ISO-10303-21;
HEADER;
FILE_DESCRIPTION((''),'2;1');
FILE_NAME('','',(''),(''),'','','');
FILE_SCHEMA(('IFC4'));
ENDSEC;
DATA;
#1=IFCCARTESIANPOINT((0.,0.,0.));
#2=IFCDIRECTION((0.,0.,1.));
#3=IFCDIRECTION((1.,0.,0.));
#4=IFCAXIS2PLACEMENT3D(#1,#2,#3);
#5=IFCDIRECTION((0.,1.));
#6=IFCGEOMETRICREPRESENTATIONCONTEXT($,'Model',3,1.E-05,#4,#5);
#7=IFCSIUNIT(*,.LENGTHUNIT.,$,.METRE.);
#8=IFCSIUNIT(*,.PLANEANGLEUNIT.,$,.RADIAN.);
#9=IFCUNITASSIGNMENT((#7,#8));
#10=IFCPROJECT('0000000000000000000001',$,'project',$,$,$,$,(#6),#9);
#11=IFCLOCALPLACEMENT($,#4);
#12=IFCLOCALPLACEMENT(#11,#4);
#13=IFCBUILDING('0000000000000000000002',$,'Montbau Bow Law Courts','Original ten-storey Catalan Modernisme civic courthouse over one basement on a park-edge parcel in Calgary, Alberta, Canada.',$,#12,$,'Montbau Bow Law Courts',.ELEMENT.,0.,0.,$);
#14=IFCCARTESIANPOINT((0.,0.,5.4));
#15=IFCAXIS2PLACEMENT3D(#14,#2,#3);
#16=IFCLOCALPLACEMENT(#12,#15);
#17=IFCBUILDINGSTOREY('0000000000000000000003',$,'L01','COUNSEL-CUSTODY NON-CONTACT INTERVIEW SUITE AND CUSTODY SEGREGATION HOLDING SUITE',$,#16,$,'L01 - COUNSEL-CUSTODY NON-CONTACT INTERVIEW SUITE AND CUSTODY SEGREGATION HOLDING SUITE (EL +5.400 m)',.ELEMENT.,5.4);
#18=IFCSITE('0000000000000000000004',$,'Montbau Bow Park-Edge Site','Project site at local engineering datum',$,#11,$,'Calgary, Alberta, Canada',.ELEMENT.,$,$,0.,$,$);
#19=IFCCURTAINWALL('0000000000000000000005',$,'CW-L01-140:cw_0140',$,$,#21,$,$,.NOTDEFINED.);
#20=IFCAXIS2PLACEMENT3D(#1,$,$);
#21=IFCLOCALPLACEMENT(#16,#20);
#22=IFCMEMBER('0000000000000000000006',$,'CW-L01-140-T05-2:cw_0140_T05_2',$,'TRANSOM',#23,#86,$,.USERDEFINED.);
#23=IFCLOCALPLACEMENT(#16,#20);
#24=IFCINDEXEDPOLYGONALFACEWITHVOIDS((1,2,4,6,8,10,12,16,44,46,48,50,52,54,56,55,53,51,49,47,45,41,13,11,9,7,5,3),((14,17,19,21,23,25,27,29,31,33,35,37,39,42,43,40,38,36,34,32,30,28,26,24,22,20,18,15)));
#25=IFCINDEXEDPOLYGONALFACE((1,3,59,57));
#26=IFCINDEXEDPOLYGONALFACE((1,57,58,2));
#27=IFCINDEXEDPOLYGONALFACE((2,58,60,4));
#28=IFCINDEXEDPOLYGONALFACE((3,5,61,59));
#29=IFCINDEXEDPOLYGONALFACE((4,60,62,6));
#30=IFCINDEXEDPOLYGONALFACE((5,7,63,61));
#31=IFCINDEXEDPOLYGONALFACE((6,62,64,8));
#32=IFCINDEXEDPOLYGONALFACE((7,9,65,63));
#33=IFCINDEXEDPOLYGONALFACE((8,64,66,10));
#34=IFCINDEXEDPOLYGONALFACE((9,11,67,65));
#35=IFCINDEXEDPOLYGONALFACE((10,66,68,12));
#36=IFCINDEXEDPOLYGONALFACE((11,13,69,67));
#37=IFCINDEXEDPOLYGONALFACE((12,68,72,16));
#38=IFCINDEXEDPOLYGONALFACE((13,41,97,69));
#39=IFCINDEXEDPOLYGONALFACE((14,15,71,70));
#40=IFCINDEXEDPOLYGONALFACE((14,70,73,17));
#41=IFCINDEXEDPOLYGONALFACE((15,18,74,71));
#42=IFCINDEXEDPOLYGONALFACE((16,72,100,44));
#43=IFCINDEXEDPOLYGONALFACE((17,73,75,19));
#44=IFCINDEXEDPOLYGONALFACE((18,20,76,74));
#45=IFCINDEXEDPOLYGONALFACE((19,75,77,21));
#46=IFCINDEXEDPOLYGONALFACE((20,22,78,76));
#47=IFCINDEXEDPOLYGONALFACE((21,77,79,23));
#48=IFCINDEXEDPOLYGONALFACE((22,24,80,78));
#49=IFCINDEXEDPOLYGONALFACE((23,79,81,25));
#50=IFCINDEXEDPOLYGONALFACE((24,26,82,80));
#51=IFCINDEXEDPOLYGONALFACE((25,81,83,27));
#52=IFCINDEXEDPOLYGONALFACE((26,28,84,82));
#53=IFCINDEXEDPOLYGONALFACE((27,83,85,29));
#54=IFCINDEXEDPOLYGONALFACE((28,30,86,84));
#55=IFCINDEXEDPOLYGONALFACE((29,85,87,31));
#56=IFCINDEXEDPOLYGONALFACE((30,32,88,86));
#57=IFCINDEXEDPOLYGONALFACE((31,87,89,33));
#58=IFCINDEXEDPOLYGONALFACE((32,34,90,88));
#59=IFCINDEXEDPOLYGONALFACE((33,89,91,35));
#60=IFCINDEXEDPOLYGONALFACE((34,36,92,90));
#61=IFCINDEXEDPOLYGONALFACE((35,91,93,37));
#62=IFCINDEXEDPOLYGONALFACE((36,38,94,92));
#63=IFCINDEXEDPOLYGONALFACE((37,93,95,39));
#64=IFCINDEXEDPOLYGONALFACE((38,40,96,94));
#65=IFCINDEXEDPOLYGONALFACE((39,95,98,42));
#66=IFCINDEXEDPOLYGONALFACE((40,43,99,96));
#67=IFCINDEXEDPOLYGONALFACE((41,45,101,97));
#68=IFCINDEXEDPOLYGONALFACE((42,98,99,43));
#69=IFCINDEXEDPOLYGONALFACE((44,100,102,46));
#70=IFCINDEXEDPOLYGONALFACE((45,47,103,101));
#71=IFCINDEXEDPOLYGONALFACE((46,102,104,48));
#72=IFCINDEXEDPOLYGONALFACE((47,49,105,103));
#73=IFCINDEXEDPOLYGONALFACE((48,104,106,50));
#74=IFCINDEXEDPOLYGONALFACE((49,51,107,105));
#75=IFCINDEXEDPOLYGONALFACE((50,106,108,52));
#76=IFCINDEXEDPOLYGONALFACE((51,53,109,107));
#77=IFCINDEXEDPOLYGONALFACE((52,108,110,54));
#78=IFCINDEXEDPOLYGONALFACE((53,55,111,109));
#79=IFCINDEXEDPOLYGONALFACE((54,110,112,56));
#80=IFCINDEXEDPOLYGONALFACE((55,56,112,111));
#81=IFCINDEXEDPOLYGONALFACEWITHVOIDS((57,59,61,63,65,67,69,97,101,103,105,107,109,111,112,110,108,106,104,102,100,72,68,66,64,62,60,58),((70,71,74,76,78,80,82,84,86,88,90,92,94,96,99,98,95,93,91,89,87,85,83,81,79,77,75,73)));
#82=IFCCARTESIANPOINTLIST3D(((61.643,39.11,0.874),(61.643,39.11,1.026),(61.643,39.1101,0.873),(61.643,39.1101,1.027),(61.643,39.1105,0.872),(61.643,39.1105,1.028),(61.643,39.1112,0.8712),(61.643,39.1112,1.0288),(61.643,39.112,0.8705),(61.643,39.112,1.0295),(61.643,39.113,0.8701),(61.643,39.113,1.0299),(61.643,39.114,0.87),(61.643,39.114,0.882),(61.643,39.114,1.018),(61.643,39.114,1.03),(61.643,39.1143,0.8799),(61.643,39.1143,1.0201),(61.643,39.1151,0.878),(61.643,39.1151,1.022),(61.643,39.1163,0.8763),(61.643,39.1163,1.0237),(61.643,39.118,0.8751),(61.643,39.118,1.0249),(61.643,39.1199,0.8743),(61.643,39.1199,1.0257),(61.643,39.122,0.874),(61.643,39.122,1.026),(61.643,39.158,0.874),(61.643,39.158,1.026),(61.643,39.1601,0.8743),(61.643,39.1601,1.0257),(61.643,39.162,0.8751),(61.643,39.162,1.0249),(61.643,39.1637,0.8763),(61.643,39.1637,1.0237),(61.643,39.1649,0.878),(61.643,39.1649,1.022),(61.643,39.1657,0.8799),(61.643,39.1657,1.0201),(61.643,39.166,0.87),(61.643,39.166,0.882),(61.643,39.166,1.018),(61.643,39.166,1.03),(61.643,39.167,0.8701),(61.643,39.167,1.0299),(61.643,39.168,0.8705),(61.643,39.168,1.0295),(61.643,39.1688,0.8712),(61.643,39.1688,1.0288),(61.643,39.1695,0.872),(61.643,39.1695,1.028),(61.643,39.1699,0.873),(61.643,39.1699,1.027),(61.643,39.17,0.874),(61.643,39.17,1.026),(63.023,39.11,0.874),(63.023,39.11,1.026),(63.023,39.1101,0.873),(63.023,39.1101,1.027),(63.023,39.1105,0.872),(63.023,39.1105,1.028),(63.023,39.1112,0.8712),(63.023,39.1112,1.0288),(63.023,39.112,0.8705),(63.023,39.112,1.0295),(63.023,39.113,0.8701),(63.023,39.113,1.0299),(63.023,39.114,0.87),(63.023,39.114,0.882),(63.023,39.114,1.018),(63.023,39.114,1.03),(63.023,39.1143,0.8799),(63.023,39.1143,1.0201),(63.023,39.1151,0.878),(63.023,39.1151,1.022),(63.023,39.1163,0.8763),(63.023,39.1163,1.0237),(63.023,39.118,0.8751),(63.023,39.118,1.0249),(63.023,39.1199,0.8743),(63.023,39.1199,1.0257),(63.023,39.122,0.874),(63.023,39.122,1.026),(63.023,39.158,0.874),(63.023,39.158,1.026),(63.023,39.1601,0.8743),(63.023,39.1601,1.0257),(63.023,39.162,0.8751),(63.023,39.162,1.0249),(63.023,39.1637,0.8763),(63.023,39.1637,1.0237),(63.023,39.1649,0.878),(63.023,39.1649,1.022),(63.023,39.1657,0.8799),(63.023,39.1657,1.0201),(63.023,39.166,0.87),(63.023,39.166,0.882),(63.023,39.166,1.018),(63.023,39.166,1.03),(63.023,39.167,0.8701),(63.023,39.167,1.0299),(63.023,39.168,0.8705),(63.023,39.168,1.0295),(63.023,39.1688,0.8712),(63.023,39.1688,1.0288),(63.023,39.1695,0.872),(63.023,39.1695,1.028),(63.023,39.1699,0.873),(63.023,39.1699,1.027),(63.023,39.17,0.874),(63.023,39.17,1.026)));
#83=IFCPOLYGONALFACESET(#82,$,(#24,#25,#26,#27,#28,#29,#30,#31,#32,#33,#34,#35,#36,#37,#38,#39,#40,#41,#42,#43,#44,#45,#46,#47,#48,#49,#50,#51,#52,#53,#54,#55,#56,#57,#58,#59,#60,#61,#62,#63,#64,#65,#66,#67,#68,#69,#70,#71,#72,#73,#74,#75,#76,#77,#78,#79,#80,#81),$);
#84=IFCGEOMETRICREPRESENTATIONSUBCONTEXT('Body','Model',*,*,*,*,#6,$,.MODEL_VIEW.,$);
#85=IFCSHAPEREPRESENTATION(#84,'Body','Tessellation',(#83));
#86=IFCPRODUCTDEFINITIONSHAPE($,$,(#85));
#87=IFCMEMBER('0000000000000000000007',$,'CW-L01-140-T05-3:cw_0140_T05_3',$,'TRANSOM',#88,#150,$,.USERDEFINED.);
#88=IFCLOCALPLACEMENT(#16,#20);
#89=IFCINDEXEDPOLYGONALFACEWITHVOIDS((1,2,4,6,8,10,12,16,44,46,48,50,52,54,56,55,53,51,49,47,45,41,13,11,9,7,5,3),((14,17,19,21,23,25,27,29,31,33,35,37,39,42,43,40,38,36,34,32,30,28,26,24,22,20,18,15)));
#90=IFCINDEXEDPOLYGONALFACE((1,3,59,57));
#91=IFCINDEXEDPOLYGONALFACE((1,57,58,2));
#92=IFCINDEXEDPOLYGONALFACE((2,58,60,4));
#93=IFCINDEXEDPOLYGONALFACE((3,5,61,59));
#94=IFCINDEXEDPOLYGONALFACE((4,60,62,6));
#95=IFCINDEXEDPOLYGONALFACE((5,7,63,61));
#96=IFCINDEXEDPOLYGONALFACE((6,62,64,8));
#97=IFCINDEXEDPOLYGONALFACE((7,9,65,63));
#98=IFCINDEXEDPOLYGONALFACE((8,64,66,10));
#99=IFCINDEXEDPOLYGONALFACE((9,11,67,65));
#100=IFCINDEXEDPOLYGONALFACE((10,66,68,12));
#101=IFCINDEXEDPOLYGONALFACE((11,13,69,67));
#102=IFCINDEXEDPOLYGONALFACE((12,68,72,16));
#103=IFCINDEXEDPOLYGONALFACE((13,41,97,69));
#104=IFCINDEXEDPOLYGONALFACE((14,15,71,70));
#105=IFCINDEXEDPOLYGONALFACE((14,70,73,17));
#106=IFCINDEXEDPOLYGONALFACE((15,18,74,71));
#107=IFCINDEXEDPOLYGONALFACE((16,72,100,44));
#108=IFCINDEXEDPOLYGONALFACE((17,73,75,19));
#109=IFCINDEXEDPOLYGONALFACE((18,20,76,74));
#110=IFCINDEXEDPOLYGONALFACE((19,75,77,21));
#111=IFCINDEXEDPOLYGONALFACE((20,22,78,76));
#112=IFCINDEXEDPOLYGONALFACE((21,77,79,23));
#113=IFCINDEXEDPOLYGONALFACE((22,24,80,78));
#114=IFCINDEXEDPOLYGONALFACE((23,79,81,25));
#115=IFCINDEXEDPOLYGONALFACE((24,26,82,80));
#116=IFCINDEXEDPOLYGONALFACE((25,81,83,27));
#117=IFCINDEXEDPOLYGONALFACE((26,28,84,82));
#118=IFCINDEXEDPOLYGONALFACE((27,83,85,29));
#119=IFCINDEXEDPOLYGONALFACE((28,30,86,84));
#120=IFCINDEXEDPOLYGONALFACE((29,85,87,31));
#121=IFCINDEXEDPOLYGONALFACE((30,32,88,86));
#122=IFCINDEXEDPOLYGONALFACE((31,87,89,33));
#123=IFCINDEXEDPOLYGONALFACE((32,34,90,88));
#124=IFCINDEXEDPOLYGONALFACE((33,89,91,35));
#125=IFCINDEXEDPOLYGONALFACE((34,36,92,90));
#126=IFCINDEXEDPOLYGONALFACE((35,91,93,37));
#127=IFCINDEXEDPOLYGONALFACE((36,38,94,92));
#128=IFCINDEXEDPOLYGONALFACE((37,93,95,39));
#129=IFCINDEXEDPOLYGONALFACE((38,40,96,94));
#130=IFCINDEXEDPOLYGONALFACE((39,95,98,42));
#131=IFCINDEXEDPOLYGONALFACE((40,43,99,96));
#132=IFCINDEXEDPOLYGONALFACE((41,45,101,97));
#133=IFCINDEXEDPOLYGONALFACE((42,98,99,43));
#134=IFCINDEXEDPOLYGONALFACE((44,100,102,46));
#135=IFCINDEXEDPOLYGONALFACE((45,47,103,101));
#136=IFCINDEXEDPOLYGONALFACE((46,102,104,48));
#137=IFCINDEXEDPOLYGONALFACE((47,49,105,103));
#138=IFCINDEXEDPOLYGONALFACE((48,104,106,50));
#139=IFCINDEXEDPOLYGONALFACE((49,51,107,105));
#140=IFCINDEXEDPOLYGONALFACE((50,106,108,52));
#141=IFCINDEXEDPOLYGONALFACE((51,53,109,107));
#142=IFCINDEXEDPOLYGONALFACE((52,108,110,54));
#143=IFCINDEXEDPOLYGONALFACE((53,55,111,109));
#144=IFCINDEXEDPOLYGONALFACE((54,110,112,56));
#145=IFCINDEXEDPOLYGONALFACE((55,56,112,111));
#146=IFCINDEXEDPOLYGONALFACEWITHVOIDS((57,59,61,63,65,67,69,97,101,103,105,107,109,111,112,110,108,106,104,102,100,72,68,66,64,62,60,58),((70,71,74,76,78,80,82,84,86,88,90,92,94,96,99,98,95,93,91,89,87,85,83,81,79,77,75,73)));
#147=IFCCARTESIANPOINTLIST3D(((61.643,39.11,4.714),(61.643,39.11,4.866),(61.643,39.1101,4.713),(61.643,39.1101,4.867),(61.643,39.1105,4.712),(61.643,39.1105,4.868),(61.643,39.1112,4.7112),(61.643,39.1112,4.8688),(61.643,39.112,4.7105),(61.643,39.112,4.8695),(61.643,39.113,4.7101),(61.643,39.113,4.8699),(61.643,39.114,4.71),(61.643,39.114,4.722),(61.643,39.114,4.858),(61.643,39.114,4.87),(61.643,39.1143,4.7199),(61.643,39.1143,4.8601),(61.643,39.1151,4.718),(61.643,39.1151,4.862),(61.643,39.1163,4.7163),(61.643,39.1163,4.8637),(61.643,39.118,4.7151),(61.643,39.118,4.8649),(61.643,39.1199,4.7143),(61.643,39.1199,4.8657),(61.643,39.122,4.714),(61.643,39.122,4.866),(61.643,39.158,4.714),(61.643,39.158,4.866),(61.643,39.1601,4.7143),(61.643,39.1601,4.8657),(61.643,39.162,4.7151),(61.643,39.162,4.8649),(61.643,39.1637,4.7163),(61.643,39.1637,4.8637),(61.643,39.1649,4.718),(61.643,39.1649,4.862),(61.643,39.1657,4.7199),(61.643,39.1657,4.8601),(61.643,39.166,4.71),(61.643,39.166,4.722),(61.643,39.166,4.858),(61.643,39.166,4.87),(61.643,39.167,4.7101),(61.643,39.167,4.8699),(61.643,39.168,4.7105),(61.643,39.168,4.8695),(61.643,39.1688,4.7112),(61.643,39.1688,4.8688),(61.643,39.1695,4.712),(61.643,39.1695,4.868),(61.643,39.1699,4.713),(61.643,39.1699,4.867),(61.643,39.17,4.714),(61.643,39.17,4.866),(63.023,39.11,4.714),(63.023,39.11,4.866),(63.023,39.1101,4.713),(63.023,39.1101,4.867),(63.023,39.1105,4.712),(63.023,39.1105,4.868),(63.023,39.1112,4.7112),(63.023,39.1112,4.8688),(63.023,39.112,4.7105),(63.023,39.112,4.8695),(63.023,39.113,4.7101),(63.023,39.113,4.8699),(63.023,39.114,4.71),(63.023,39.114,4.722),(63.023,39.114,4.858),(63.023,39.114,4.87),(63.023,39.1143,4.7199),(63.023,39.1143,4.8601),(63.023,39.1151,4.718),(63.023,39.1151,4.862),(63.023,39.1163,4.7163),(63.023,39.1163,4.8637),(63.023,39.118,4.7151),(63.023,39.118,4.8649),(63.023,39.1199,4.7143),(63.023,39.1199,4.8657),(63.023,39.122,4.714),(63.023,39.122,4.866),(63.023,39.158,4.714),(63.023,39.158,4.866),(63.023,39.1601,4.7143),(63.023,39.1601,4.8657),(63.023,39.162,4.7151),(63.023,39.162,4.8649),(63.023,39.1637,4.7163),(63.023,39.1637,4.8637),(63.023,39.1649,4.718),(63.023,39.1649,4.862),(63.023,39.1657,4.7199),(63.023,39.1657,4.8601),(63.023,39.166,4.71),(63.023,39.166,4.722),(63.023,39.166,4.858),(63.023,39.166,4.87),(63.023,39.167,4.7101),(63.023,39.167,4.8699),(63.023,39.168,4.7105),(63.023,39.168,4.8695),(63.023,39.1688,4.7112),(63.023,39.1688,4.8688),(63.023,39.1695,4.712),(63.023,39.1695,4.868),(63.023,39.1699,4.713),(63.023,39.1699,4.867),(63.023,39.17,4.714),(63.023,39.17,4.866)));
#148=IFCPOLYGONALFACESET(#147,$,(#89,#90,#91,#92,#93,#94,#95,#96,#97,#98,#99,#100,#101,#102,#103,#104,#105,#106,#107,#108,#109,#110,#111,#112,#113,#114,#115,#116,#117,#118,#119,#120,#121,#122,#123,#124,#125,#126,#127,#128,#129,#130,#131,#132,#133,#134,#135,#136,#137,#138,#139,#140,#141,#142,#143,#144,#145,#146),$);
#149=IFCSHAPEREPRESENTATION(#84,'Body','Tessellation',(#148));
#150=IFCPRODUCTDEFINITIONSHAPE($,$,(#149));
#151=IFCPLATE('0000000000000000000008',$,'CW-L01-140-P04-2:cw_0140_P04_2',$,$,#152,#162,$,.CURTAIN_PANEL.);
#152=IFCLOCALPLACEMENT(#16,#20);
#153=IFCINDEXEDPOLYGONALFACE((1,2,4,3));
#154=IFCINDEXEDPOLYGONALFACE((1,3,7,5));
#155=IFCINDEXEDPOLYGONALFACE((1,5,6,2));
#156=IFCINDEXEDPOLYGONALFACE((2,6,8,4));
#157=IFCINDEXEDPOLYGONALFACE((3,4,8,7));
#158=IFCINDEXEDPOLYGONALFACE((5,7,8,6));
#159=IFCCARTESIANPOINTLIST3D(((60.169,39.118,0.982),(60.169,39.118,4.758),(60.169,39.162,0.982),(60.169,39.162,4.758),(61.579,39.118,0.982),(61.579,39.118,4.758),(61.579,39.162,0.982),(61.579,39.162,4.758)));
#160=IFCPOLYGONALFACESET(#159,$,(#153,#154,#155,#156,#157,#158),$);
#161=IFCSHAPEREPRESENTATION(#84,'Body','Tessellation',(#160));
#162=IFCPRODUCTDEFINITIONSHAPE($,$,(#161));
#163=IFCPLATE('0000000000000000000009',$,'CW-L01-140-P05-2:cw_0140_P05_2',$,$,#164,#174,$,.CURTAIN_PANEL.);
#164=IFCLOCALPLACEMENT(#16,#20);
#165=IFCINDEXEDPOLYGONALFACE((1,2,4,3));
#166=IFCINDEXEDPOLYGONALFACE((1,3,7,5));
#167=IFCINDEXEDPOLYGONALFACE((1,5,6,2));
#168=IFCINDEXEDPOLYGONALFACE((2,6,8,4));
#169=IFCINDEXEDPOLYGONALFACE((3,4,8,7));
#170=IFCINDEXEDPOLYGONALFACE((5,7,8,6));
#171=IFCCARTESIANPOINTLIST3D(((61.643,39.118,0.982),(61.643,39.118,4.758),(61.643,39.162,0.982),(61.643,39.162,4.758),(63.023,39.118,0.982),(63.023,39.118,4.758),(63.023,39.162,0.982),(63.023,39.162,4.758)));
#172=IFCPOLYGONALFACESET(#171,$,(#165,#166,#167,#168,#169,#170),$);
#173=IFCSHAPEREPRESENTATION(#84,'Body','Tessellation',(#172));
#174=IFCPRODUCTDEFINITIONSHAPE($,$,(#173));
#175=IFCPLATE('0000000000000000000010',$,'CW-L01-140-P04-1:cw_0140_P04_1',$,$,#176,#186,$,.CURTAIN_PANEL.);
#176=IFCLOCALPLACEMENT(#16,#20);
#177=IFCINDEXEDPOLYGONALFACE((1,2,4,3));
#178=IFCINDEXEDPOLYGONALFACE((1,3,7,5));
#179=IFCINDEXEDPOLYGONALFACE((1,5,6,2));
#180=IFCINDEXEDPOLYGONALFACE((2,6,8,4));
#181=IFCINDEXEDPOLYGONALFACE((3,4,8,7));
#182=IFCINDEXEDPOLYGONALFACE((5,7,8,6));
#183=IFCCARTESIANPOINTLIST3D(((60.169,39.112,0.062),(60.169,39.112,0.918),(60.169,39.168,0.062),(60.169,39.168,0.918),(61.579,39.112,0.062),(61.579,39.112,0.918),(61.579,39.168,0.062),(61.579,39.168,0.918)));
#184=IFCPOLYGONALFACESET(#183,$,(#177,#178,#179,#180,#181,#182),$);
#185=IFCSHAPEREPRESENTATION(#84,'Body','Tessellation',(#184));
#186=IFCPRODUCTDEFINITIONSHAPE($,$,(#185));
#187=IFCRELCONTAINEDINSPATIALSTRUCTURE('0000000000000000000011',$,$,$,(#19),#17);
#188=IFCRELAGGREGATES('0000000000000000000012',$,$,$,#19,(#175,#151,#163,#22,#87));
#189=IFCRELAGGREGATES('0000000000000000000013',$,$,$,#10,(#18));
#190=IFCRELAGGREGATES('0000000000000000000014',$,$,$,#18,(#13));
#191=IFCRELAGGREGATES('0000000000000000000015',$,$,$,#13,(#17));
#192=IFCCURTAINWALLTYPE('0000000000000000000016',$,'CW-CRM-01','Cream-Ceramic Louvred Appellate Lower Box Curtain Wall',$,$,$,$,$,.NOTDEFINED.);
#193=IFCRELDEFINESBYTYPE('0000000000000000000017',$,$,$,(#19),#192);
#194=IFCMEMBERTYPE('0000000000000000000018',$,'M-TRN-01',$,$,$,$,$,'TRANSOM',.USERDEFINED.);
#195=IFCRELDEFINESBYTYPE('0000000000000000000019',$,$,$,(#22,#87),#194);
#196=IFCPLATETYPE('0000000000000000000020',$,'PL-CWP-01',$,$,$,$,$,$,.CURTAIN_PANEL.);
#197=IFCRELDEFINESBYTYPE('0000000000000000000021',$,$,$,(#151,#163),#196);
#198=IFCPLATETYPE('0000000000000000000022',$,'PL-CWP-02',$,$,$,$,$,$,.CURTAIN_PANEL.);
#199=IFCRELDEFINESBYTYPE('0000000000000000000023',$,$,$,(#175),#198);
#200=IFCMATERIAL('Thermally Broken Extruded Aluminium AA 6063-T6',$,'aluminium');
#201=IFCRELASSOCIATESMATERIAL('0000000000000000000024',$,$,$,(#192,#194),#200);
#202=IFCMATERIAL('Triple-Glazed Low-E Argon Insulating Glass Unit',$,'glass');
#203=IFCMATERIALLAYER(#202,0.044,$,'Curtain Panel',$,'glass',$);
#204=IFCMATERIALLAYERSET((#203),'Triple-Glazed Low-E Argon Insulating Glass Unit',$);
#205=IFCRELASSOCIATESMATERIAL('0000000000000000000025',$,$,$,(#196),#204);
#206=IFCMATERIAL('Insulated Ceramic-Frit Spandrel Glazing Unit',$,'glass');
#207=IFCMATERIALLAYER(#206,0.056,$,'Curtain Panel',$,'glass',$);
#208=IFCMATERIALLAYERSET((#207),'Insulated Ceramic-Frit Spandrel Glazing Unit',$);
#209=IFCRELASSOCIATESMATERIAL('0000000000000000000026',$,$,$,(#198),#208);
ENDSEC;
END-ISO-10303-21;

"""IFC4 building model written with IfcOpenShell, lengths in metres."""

from ifc_helpers import new_model, si_unit, direction, frame, frame_2d, origin_with_axes, origin_2d_with_axis, place, context, subcontext, project, spatial, rectangle, hollow_rectangle, extrude, material, layer, layer_set, material_profile, profile_set, type_object, element, aggregate, save


model = new_model("IFC4")

# Units and contexts
model_context = context("Model", 3, precision=1e-05, world=origin_with_axes(), true_north=direction((0.0, 1.0)))
body_context = subcontext(model_context, "Body", "Model", "MODEL_VIEW")
ifc_project = project(units=[si_unit("LENGTHUNIT", "METRE"), si_unit("PLANEANGLEUNIT", "RADIAN")], contexts=[model_context])

# Site, building, storey
site_placement = place(None, origin_with_axes())
site = spatial("IfcSite", under=ifc_project, at=site_placement, Name="Montbau Bow Park-Edge Site", Description="Project site at local engineering datum", LongName="Calgary, Alberta, Canada", CompositionType="ELEMENT", RefElevation=0.0)
building_placement = place(site_placement, origin_with_axes())
building = spatial("IfcBuilding", under=site, at=building_placement, Name="Montbau Bow Law Courts", Description="Original ten-storey Catalan Modernisme civic courthouse over one basement on a park-edge parcel in Calgary, Alberta, Canada.", LongName="Montbau Bow Law Courts", CompositionType="ELEMENT", ElevationOfRefHeight=0.0, ElevationOfTerrain=0.0)
storey_placement = place(building_placement, frame((0.0, 0.0, 5.4), z_axis=(0.0, 0.0, 1.0), x_axis=(1.0, 0.0, 0.0)))
storey = spatial("IfcBuildingStorey", under=building, at=storey_placement, Name="L01", Description="COUNSEL-CUSTODY NON-CONTACT INTERVIEW SUITE AND CUSTODY SEGREGATION HOLDING SUITE", LongName="L01 - COUNSEL-CUSTODY NON-CONTACT INTERVIEW SUITE AND CUSTODY SEGREGATION HOLDING SUITE (EL +5.400 m)", CompositionType="ELEMENT", Elevation=5.4)

# Shared definitions
ifc_material_1 = material(Name="Thermally Broken Extruded Aluminium AA 6063-T6", Category="aluminium")
curtain_wall_type = type_object("IfcCurtainWallType", Name="CW-CRM-01", Description="Cream-Ceramic Louvred Appellate Lower Box Curtain Wall", PredefinedType="NOTDEFINED", material=ifc_material_1)

# Curtain wall, members, plates
curtain_wall_1_placement = place(None, frame((55.715, 39.14, 5.4), z_axis=(0.0, 0.0, 1.0), x_axis=(1.0, 0.0, 0.0)))
curtain_wall_1 = element("IfcCurtainWall", 1, at=curtain_wall_1_placement, inside=storey, type_object=curtain_wall_type, Name="CW-L01-140:cw_0140", PredefinedType="NOTDEFINED")
ifc_material_profile_1 = material_profile(ifc_material_1, hollow_rectangle(XDim=0.06, YDim=0.16, WallThickness=0.004, InnerFilletRadius=0.008, OuterFilletRadius=0.004, at=origin_2d_with_axis()), Name="CWT-160X60", Category="Main", Priority=0)
ifc_profile_set_1 = profile_set([ifc_material_profile_1], Name="Thermally Broken Extruded Aluminium AA 6063-T6")
member_type_1 = type_object("IfcMemberType", Name="M-TRN-01", ElementType="TRANSOM", PredefinedType="USERDEFINED", material=ifc_profile_set_1)
member_1_placement = place(None, frame((61.643, 39.14, 6.35), z_axis=(1.0, 0.0, 0.0), x_axis=(0.0, 1.0, 0.0)))
member_1 = element("IfcMember", 2, at=member_1_placement, type_object=member_type_1, Name="CW-L01-140-T05-2:cw_0140_T05_2", ObjectType="TRANSOM", PredefinedType="USERDEFINED", context=body_context, shape_type="SweptSolid", body=[
    extrude(hollow_rectangle(XDim=0.06, YDim=0.16, WallThickness=0.004, InnerFilletRadius=0.008, OuterFilletRadius=0.004, at=origin_2d_with_axis()), origin_with_axes(), (0.0, 0.0, 1.0), 1.38),
])
member_2_placement = place(None, frame((61.643, 39.14, 10.19), z_axis=(1.0, 0.0, 0.0), x_axis=(0.0, 1.0, 0.0)))
member_2 = element("IfcMember", 3, at=member_2_placement, type_object=member_type_1, Name="CW-L01-140-T05-3:cw_0140_T05_3", ObjectType="TRANSOM", PredefinedType="USERDEFINED", context=body_context, shape_type="SweptSolid", body=[
    extrude(hollow_rectangle(XDim=0.06, YDim=0.16, WallThickness=0.004, InnerFilletRadius=0.008, OuterFilletRadius=0.004, at=origin_2d_with_axis()), origin_with_axes(), (0.0, 0.0, 1.0), 1.38),
])
ifc_material_2 = material(Name="Triple-Glazed Low-E Argon Insulating Glass Unit", Category="glass")
ifc_layer_1 = layer(ifc_material_2, 0.044, Name="Curtain Panel", Category="glass")
ifc_layer_set_1 = layer_set([ifc_layer_1], Name="Triple-Glazed Low-E Argon Insulating Glass Unit")
plate_type_1 = type_object("IfcPlateType", Name="PL-CWP-01", PredefinedType="CURTAIN_PANEL", material=ifc_layer_set_1)
plate_1_placement = place(None, frame((60.169, 39.14, 6.382), z_axis=(0.0, -1.0, 0.0), x_axis=(1.0, 0.0, 0.0)))
plate_1 = element("IfcPlate", 4, at=plate_1_placement, type_object=plate_type_1, Name="CW-L01-140-P04-2:cw_0140_P04_2", PredefinedType="CURTAIN_PANEL", context=body_context, shape_type="SweptSolid", body=[
    extrude(rectangle(XDim=1.41, YDim=3.776, at=frame_2d((0.705, 1.888), x_axis=(1.0, 0.0))), frame((0.0, 0.0, -0.022), z_axis=(0.0, 0.0, 1.0), x_axis=(1.0, 0.0, 0.0)), (0.0, 0.0, 1.0), 0.044),
])
plate_2_placement = place(None, frame((61.643, 39.14, 6.382), z_axis=(0.0, -1.0, 0.0), x_axis=(1.0, 0.0, 0.0)))
plate_2 = element("IfcPlate", 5, at=plate_2_placement, type_object=plate_type_1, Name="CW-L01-140-P05-2:cw_0140_P05_2", PredefinedType="CURTAIN_PANEL", context=body_context, shape_type="SweptSolid", body=[
    extrude(rectangle(XDim=1.38, YDim=3.776, at=frame_2d((0.69, 1.888), x_axis=(1.0, 0.0))), frame((0.0, 0.0, -0.022), z_axis=(0.0, 0.0, 1.0), x_axis=(1.0, 0.0, 0.0)), (0.0, 0.0, 1.0), 0.044),
])
ifc_material_3 = material(Name="Insulated Ceramic-Frit Spandrel Glazing Unit", Category="glass")
ifc_layer_2 = layer(ifc_material_3, 0.056, Name="Curtain Panel", Category="glass")
ifc_layer_set_2 = layer_set([ifc_layer_2], Name="Insulated Ceramic-Frit Spandrel Glazing Unit")
plate_type_2 = type_object("IfcPlateType", Name="PL-CWP-02", PredefinedType="CURTAIN_PANEL", material=ifc_layer_set_2)
plate_3_placement = place(None, frame((60.169, 39.14, 5.462), z_axis=(0.0, -1.0, 0.0), x_axis=(1.0, 0.0, 0.0)))
plate_3 = element("IfcPlate", 6, at=plate_3_placement, type_object=plate_type_2, Name="CW-L01-140-P04-1:cw_0140_P04_1", PredefinedType="CURTAIN_PANEL", context=body_context, shape_type="SweptSolid", body=[
    extrude(rectangle(XDim=1.41, YDim=0.856, at=frame_2d((0.705, 0.428), x_axis=(1.0, 0.0))), frame((0.0, 0.0, -0.028), z_axis=(0.0, 0.0, 1.0), x_axis=(1.0, 0.0, 0.0)), (0.0, 0.0, 1.0), 0.056),
])
aggregate(curtain_wall_1, [plate_3, plate_1, plate_2, member_1, member_2])

save(model, "model.ifc")
